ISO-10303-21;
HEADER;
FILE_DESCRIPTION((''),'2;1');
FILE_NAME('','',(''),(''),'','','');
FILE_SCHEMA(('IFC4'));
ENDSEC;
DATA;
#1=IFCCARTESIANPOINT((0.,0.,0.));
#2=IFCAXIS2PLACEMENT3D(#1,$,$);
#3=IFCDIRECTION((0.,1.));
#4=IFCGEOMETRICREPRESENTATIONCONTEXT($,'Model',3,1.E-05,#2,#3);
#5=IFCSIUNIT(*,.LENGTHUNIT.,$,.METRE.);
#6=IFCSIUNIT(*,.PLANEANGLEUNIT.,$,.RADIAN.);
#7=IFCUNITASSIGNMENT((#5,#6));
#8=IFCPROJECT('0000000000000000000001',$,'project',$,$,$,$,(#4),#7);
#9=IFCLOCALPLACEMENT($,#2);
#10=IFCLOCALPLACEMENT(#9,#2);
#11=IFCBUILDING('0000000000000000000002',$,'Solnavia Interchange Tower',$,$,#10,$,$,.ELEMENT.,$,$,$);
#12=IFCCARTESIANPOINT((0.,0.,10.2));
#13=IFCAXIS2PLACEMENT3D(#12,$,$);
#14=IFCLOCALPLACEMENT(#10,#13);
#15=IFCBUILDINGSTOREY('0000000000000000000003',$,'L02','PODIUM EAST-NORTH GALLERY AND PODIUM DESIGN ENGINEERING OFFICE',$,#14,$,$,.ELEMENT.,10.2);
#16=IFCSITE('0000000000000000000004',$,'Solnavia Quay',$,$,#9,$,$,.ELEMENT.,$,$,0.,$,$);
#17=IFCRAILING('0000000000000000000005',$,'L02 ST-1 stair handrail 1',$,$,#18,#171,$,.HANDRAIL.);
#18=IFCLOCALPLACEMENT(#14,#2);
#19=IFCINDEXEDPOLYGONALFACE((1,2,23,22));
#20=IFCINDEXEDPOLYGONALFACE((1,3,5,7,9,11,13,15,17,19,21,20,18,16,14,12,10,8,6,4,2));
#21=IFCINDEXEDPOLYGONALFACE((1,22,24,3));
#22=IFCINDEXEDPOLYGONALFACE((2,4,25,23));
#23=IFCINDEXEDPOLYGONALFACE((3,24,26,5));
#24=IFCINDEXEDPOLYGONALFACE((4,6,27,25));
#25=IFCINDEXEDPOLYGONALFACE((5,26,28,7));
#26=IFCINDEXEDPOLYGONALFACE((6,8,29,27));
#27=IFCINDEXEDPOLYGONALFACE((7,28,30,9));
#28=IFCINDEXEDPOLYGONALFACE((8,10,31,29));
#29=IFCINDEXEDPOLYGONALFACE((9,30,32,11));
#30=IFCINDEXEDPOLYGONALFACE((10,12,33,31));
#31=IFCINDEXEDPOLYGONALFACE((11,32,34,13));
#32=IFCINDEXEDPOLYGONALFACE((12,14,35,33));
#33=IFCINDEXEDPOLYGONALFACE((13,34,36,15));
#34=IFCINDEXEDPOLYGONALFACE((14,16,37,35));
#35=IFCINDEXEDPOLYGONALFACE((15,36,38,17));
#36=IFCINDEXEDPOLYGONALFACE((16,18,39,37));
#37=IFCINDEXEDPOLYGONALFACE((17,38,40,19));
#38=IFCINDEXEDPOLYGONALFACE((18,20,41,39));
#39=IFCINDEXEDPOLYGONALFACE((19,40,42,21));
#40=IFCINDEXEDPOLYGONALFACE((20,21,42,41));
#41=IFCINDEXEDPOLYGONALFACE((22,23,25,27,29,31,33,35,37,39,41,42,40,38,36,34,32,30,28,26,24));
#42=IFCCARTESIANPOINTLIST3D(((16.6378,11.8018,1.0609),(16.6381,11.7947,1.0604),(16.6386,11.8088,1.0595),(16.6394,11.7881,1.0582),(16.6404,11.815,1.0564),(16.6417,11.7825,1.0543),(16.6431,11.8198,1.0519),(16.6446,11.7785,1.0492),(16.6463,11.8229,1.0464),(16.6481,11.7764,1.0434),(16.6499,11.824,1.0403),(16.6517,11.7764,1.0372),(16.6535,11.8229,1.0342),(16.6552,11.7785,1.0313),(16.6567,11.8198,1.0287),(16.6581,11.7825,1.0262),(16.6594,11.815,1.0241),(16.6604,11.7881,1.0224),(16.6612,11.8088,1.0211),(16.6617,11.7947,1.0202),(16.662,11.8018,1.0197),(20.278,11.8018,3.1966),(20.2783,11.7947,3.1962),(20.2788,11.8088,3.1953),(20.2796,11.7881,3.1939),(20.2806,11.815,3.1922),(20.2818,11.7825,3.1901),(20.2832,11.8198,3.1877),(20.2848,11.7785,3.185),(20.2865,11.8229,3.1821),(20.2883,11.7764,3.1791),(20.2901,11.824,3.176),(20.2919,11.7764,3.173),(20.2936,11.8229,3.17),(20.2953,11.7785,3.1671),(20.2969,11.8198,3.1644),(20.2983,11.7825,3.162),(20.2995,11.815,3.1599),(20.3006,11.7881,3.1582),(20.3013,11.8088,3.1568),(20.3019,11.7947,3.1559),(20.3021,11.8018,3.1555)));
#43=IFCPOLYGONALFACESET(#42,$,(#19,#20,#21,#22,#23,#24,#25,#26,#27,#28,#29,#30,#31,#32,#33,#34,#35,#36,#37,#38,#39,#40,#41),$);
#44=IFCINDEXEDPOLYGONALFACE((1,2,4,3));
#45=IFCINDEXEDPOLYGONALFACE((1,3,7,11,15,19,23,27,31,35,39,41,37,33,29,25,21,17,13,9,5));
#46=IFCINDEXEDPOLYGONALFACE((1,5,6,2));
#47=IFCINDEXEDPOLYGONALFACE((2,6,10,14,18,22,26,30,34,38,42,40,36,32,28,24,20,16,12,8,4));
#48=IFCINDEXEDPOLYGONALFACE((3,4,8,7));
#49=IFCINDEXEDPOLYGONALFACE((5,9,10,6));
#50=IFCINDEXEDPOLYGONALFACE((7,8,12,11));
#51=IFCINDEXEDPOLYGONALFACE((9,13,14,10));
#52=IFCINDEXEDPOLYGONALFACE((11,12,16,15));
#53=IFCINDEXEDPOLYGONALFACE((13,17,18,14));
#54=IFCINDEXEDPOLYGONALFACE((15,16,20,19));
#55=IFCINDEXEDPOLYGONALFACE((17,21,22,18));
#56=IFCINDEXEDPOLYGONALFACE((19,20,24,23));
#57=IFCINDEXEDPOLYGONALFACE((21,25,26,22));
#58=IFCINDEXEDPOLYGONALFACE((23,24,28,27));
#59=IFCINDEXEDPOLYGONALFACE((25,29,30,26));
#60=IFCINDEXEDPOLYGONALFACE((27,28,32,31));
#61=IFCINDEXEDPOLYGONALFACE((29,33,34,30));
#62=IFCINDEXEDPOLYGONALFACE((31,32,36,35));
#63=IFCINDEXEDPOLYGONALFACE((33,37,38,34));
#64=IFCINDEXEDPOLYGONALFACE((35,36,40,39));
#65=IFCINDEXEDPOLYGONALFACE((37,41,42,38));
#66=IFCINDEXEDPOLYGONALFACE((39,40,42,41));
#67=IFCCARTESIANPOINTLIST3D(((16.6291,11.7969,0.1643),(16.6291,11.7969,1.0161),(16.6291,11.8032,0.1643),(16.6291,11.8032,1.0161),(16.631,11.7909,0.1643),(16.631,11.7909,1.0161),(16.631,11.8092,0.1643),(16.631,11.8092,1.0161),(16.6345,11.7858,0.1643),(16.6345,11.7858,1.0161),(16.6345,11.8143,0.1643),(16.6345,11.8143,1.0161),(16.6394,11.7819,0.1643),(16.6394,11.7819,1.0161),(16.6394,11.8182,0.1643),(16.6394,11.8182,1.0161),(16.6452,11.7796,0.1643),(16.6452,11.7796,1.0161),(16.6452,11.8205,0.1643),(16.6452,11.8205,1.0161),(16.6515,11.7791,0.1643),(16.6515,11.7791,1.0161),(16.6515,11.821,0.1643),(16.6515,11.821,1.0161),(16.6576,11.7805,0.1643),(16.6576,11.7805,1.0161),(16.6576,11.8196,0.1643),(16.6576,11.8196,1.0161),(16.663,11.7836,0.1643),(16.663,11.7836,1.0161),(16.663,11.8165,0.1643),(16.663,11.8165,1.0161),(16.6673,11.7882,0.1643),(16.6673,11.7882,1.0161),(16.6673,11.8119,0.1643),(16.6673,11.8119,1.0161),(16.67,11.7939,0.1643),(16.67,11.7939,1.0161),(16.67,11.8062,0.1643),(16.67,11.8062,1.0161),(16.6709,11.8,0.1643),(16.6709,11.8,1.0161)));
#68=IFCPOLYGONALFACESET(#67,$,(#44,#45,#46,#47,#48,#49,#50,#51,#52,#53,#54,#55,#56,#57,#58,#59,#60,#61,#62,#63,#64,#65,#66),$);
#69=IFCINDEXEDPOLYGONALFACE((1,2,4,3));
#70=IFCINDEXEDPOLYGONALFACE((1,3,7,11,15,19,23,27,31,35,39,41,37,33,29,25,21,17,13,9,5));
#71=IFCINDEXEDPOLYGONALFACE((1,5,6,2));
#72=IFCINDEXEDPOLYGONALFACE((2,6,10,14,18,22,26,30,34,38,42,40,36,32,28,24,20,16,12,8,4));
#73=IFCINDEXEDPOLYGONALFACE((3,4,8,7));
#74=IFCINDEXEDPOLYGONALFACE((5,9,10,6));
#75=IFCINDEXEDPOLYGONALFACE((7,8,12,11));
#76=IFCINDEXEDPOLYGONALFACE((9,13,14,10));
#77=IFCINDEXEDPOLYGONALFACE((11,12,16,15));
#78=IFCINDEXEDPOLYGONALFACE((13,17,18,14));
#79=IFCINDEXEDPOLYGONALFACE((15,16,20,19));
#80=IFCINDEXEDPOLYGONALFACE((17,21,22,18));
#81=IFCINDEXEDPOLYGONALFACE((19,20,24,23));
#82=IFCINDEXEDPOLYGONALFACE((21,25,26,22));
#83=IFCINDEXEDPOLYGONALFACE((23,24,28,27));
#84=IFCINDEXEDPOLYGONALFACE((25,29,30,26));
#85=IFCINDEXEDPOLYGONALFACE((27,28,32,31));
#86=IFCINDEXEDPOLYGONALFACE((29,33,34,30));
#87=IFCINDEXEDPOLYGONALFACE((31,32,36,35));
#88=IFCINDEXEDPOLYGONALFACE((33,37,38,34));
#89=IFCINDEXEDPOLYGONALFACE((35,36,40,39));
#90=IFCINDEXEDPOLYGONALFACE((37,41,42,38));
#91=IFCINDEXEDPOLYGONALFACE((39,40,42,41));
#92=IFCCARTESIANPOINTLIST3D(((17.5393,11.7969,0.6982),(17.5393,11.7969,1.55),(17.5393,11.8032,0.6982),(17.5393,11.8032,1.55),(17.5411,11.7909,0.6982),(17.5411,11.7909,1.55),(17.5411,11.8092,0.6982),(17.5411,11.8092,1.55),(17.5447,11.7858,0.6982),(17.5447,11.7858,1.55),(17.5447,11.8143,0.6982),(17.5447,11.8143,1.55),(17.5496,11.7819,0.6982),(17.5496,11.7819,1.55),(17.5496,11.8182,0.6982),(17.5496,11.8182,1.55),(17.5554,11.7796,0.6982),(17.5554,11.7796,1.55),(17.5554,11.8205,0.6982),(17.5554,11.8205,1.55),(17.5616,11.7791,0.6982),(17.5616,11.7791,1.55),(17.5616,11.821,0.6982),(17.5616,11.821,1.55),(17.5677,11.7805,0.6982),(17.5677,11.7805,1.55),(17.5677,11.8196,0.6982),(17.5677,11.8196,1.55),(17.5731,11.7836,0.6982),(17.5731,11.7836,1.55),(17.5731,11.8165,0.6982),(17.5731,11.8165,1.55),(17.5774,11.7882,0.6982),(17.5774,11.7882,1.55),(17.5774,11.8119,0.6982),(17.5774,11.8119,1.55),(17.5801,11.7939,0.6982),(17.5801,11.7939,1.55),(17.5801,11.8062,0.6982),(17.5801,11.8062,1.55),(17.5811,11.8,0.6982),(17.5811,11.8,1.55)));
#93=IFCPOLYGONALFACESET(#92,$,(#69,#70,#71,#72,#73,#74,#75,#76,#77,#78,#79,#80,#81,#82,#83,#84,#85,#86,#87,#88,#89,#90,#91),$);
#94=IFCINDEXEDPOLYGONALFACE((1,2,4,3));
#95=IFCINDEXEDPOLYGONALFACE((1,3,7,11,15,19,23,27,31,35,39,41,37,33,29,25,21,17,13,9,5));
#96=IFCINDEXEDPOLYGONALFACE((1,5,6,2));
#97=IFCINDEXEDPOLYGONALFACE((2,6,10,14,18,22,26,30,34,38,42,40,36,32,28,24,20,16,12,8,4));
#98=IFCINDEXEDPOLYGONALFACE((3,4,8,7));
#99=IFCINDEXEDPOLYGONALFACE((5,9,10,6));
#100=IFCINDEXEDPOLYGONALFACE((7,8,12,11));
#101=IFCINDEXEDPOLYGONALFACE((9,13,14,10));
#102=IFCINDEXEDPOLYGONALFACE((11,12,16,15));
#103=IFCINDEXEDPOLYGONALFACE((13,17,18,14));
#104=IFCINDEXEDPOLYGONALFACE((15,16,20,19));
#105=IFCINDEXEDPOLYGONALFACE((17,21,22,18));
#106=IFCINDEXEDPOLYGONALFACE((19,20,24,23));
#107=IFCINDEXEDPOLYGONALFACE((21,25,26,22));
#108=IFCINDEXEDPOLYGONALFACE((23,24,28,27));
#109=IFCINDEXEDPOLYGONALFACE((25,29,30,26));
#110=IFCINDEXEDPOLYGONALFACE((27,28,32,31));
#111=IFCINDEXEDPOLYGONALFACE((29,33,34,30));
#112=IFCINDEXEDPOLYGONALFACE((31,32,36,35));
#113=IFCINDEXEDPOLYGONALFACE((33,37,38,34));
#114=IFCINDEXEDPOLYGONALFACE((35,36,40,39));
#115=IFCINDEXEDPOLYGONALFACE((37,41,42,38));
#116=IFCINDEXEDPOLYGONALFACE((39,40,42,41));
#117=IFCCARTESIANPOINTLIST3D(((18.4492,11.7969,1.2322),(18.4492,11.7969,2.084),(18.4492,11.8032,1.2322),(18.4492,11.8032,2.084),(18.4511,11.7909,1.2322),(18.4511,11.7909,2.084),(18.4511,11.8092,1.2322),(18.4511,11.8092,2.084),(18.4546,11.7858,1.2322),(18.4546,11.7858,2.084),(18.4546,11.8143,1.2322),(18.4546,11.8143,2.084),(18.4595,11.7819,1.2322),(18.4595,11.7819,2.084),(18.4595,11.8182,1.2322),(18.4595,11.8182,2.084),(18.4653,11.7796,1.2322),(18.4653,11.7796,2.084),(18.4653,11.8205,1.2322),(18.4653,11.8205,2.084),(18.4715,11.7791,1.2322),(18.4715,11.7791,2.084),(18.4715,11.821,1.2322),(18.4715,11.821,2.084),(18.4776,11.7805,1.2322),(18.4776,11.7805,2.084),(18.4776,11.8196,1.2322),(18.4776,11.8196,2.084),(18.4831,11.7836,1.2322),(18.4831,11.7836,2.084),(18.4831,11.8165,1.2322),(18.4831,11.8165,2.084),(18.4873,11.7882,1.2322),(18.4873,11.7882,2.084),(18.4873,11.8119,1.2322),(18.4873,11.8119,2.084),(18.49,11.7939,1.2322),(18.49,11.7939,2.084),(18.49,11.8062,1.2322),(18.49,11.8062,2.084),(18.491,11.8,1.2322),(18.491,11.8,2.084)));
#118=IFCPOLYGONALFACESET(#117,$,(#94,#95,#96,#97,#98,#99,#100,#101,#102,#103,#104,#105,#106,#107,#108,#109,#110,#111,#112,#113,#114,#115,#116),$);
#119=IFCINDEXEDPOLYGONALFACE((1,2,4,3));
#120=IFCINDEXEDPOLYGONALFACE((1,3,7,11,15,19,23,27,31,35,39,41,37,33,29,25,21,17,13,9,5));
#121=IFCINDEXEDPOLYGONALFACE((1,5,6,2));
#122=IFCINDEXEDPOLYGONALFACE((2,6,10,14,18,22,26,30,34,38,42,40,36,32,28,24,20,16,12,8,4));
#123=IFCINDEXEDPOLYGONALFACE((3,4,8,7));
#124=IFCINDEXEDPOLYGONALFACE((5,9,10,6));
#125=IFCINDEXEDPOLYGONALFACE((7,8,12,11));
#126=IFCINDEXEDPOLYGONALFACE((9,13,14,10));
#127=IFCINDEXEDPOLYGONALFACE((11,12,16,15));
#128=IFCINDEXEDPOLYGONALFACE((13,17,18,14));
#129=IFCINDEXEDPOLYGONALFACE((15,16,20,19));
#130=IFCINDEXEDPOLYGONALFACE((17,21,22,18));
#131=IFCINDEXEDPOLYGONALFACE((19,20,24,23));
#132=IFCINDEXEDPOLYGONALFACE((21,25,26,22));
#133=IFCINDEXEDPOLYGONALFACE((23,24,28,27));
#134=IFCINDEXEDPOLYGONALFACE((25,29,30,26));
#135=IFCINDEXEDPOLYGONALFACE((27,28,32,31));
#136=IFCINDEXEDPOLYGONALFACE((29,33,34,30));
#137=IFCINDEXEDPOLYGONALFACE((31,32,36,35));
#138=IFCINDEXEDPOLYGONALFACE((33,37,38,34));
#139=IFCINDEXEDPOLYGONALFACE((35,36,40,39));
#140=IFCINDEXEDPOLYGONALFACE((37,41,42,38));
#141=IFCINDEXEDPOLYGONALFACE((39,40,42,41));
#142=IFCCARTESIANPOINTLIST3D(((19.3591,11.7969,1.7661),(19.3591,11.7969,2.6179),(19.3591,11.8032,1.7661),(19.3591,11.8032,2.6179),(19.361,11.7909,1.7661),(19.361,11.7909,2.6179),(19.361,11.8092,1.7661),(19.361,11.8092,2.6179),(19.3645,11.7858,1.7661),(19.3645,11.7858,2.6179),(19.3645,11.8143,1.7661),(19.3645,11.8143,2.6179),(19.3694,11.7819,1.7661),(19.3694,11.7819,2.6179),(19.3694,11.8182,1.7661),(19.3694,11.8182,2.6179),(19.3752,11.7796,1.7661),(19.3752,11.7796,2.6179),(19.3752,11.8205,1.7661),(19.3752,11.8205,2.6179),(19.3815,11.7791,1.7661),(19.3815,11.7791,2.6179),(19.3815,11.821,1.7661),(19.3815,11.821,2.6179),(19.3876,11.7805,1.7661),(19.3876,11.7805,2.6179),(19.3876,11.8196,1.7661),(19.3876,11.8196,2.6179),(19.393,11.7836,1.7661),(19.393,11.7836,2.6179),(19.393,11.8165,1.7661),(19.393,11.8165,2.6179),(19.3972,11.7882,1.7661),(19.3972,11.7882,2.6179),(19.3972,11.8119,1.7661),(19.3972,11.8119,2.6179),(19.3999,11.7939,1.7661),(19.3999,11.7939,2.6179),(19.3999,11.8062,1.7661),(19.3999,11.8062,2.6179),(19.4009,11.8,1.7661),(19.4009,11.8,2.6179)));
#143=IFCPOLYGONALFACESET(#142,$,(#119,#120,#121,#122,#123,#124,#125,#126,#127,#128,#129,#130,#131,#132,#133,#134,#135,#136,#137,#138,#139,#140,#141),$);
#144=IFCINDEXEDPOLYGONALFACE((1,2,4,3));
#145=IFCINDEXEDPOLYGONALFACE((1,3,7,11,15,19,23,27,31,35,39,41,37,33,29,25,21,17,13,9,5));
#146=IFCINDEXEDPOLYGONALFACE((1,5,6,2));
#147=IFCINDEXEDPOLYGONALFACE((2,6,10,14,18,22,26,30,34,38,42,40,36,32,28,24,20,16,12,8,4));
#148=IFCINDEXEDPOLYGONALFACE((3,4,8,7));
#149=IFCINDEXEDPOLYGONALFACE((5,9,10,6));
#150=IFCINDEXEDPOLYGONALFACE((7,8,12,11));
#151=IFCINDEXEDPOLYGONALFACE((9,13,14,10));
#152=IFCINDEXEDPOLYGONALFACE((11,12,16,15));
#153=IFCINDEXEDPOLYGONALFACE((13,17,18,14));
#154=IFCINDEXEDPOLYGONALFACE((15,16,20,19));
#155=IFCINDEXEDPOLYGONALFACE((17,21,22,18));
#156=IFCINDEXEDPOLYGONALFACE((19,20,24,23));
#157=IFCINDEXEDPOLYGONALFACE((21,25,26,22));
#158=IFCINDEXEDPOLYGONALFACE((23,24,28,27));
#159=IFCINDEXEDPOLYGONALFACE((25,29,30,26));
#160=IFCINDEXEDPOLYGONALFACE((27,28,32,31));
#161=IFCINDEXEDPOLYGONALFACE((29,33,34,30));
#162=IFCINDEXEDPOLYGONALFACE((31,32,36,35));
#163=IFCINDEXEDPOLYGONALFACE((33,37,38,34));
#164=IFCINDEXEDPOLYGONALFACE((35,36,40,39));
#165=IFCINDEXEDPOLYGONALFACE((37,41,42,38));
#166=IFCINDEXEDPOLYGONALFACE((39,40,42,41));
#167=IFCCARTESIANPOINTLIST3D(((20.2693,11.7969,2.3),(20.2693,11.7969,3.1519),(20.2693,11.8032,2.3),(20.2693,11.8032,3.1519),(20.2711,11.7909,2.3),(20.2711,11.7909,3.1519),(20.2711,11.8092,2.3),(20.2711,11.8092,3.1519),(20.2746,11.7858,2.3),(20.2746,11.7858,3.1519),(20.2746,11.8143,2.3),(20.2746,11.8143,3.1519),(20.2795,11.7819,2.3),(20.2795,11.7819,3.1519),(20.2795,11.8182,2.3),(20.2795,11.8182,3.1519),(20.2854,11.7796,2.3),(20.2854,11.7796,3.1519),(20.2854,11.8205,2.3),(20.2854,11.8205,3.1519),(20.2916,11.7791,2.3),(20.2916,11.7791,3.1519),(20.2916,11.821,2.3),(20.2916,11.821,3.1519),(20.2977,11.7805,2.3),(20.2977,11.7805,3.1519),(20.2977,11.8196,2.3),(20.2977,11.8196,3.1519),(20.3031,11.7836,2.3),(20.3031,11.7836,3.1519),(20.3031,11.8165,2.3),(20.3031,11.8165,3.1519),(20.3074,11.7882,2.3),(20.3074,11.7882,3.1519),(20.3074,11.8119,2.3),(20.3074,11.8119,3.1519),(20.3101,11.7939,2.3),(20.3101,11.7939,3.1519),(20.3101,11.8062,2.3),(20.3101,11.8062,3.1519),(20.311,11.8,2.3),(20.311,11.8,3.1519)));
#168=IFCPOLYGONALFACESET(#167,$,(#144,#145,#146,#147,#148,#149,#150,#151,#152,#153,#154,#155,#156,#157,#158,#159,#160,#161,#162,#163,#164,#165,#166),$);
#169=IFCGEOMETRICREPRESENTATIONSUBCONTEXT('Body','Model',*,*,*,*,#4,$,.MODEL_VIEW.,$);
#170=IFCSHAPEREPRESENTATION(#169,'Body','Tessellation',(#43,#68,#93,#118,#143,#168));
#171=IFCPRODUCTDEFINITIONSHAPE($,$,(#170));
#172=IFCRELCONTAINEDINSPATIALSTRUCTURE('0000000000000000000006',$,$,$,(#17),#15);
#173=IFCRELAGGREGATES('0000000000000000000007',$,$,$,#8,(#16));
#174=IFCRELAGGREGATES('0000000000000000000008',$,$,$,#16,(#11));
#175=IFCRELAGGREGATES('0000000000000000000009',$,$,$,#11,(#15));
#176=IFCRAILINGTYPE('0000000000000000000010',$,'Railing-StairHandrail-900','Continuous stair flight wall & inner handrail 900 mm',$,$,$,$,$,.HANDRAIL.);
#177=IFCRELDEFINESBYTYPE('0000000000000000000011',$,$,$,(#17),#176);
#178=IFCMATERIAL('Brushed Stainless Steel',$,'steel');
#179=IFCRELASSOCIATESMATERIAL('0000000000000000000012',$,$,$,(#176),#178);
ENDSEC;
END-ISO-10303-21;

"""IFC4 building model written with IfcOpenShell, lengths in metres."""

from ifc_helpers import new_model, si_unit, direction, frame, origin, origin_2d, place, context, subcontext, project, spatial, circle, extrude, material, type_object, element, save


model = new_model("IFC4")

# Units and contexts
model_context = context("Model", 3, precision=1e-05, world=origin(), true_north=direction((0.0, 1.0)))
body_context = subcontext(model_context, "Body", "Model", "MODEL_VIEW")
ifc_project = project(units=[si_unit("LENGTHUNIT", "METRE"), si_unit("PLANEANGLEUNIT", "RADIAN")], contexts=[model_context])

# Site, building, storey
site_placement = place(None, origin())
site = spatial("IfcSite", under=ifc_project, at=site_placement, Name="Solnavia Quay", CompositionType="ELEMENT", RefElevation=0.0)
building_placement = place(site_placement, origin())
building = spatial("IfcBuilding", under=site, at=building_placement, Name="Solnavia Interchange Tower", CompositionType="ELEMENT")
storey_placement = place(building_placement, frame((0.0, 0.0, 10.2)))
storey = spatial("IfcBuildingStorey", under=building, at=storey_placement, Name="L02", Description="PODIUM EAST-NORTH GALLERY AND PODIUM DESIGN ENGINEERING OFFICE", CompositionType="ELEMENT", Elevation=10.2)

# Railing
ifc_material_1 = material(Name="Brushed Stainless Steel", Category="steel")
railing_type_1 = type_object("IfcRailingType", Name="Railing-StairHandrail-900", Description="Continuous stair flight wall & inner handrail 900 mm", PredefinedType="HANDRAIL", material=ifc_material_1)
railing_1_placement = place(storey_placement, frame((16.6499, 11.8, 0.1643)))
element("IfcRailing", 1, at=railing_1_placement, inside=storey, type_object=railing_type_1, Name="L02 ST-1 stair handrail 1", PredefinedType="HANDRAIL", context=body_context, shape_type="SweptSolid", body=[
    extrude(circle(Radius=0.0239, at=origin_2d()), frame((0.0, 0.0, 0.876), z_axis=(0.862505, 0.0, 0.506049), x_axis=(0.0, 1.0, 0.0)), (0.0, 0.0, 1.0), 4.2205),
    extrude(circle(Radius=0.021, at=origin_2d()), origin(), (0.0, 0.0, 1.0), 0.8518),
    extrude(circle(Radius=0.021, at=origin_2d()), frame((0.9102, 0.0, 0.5339)), (0.0, 0.0, 1.0), 0.8518),
    extrude(circle(Radius=0.021, at=origin_2d()), frame((1.8201, 0.0, 1.0679)), (0.0, 0.0, 1.0), 0.8518),
    extrude(circle(Radius=0.021, at=origin_2d()), frame((2.73, 0.0, 1.6018)), (0.0, 0.0, 1.0), 0.8518),
    extrude(circle(Radius=0.021, at=origin_2d()), frame((3.6401, 0.0, 2.1357)), (0.0, 0.0, 1.0), 0.8518),
])

save(model, "model.ifc")
